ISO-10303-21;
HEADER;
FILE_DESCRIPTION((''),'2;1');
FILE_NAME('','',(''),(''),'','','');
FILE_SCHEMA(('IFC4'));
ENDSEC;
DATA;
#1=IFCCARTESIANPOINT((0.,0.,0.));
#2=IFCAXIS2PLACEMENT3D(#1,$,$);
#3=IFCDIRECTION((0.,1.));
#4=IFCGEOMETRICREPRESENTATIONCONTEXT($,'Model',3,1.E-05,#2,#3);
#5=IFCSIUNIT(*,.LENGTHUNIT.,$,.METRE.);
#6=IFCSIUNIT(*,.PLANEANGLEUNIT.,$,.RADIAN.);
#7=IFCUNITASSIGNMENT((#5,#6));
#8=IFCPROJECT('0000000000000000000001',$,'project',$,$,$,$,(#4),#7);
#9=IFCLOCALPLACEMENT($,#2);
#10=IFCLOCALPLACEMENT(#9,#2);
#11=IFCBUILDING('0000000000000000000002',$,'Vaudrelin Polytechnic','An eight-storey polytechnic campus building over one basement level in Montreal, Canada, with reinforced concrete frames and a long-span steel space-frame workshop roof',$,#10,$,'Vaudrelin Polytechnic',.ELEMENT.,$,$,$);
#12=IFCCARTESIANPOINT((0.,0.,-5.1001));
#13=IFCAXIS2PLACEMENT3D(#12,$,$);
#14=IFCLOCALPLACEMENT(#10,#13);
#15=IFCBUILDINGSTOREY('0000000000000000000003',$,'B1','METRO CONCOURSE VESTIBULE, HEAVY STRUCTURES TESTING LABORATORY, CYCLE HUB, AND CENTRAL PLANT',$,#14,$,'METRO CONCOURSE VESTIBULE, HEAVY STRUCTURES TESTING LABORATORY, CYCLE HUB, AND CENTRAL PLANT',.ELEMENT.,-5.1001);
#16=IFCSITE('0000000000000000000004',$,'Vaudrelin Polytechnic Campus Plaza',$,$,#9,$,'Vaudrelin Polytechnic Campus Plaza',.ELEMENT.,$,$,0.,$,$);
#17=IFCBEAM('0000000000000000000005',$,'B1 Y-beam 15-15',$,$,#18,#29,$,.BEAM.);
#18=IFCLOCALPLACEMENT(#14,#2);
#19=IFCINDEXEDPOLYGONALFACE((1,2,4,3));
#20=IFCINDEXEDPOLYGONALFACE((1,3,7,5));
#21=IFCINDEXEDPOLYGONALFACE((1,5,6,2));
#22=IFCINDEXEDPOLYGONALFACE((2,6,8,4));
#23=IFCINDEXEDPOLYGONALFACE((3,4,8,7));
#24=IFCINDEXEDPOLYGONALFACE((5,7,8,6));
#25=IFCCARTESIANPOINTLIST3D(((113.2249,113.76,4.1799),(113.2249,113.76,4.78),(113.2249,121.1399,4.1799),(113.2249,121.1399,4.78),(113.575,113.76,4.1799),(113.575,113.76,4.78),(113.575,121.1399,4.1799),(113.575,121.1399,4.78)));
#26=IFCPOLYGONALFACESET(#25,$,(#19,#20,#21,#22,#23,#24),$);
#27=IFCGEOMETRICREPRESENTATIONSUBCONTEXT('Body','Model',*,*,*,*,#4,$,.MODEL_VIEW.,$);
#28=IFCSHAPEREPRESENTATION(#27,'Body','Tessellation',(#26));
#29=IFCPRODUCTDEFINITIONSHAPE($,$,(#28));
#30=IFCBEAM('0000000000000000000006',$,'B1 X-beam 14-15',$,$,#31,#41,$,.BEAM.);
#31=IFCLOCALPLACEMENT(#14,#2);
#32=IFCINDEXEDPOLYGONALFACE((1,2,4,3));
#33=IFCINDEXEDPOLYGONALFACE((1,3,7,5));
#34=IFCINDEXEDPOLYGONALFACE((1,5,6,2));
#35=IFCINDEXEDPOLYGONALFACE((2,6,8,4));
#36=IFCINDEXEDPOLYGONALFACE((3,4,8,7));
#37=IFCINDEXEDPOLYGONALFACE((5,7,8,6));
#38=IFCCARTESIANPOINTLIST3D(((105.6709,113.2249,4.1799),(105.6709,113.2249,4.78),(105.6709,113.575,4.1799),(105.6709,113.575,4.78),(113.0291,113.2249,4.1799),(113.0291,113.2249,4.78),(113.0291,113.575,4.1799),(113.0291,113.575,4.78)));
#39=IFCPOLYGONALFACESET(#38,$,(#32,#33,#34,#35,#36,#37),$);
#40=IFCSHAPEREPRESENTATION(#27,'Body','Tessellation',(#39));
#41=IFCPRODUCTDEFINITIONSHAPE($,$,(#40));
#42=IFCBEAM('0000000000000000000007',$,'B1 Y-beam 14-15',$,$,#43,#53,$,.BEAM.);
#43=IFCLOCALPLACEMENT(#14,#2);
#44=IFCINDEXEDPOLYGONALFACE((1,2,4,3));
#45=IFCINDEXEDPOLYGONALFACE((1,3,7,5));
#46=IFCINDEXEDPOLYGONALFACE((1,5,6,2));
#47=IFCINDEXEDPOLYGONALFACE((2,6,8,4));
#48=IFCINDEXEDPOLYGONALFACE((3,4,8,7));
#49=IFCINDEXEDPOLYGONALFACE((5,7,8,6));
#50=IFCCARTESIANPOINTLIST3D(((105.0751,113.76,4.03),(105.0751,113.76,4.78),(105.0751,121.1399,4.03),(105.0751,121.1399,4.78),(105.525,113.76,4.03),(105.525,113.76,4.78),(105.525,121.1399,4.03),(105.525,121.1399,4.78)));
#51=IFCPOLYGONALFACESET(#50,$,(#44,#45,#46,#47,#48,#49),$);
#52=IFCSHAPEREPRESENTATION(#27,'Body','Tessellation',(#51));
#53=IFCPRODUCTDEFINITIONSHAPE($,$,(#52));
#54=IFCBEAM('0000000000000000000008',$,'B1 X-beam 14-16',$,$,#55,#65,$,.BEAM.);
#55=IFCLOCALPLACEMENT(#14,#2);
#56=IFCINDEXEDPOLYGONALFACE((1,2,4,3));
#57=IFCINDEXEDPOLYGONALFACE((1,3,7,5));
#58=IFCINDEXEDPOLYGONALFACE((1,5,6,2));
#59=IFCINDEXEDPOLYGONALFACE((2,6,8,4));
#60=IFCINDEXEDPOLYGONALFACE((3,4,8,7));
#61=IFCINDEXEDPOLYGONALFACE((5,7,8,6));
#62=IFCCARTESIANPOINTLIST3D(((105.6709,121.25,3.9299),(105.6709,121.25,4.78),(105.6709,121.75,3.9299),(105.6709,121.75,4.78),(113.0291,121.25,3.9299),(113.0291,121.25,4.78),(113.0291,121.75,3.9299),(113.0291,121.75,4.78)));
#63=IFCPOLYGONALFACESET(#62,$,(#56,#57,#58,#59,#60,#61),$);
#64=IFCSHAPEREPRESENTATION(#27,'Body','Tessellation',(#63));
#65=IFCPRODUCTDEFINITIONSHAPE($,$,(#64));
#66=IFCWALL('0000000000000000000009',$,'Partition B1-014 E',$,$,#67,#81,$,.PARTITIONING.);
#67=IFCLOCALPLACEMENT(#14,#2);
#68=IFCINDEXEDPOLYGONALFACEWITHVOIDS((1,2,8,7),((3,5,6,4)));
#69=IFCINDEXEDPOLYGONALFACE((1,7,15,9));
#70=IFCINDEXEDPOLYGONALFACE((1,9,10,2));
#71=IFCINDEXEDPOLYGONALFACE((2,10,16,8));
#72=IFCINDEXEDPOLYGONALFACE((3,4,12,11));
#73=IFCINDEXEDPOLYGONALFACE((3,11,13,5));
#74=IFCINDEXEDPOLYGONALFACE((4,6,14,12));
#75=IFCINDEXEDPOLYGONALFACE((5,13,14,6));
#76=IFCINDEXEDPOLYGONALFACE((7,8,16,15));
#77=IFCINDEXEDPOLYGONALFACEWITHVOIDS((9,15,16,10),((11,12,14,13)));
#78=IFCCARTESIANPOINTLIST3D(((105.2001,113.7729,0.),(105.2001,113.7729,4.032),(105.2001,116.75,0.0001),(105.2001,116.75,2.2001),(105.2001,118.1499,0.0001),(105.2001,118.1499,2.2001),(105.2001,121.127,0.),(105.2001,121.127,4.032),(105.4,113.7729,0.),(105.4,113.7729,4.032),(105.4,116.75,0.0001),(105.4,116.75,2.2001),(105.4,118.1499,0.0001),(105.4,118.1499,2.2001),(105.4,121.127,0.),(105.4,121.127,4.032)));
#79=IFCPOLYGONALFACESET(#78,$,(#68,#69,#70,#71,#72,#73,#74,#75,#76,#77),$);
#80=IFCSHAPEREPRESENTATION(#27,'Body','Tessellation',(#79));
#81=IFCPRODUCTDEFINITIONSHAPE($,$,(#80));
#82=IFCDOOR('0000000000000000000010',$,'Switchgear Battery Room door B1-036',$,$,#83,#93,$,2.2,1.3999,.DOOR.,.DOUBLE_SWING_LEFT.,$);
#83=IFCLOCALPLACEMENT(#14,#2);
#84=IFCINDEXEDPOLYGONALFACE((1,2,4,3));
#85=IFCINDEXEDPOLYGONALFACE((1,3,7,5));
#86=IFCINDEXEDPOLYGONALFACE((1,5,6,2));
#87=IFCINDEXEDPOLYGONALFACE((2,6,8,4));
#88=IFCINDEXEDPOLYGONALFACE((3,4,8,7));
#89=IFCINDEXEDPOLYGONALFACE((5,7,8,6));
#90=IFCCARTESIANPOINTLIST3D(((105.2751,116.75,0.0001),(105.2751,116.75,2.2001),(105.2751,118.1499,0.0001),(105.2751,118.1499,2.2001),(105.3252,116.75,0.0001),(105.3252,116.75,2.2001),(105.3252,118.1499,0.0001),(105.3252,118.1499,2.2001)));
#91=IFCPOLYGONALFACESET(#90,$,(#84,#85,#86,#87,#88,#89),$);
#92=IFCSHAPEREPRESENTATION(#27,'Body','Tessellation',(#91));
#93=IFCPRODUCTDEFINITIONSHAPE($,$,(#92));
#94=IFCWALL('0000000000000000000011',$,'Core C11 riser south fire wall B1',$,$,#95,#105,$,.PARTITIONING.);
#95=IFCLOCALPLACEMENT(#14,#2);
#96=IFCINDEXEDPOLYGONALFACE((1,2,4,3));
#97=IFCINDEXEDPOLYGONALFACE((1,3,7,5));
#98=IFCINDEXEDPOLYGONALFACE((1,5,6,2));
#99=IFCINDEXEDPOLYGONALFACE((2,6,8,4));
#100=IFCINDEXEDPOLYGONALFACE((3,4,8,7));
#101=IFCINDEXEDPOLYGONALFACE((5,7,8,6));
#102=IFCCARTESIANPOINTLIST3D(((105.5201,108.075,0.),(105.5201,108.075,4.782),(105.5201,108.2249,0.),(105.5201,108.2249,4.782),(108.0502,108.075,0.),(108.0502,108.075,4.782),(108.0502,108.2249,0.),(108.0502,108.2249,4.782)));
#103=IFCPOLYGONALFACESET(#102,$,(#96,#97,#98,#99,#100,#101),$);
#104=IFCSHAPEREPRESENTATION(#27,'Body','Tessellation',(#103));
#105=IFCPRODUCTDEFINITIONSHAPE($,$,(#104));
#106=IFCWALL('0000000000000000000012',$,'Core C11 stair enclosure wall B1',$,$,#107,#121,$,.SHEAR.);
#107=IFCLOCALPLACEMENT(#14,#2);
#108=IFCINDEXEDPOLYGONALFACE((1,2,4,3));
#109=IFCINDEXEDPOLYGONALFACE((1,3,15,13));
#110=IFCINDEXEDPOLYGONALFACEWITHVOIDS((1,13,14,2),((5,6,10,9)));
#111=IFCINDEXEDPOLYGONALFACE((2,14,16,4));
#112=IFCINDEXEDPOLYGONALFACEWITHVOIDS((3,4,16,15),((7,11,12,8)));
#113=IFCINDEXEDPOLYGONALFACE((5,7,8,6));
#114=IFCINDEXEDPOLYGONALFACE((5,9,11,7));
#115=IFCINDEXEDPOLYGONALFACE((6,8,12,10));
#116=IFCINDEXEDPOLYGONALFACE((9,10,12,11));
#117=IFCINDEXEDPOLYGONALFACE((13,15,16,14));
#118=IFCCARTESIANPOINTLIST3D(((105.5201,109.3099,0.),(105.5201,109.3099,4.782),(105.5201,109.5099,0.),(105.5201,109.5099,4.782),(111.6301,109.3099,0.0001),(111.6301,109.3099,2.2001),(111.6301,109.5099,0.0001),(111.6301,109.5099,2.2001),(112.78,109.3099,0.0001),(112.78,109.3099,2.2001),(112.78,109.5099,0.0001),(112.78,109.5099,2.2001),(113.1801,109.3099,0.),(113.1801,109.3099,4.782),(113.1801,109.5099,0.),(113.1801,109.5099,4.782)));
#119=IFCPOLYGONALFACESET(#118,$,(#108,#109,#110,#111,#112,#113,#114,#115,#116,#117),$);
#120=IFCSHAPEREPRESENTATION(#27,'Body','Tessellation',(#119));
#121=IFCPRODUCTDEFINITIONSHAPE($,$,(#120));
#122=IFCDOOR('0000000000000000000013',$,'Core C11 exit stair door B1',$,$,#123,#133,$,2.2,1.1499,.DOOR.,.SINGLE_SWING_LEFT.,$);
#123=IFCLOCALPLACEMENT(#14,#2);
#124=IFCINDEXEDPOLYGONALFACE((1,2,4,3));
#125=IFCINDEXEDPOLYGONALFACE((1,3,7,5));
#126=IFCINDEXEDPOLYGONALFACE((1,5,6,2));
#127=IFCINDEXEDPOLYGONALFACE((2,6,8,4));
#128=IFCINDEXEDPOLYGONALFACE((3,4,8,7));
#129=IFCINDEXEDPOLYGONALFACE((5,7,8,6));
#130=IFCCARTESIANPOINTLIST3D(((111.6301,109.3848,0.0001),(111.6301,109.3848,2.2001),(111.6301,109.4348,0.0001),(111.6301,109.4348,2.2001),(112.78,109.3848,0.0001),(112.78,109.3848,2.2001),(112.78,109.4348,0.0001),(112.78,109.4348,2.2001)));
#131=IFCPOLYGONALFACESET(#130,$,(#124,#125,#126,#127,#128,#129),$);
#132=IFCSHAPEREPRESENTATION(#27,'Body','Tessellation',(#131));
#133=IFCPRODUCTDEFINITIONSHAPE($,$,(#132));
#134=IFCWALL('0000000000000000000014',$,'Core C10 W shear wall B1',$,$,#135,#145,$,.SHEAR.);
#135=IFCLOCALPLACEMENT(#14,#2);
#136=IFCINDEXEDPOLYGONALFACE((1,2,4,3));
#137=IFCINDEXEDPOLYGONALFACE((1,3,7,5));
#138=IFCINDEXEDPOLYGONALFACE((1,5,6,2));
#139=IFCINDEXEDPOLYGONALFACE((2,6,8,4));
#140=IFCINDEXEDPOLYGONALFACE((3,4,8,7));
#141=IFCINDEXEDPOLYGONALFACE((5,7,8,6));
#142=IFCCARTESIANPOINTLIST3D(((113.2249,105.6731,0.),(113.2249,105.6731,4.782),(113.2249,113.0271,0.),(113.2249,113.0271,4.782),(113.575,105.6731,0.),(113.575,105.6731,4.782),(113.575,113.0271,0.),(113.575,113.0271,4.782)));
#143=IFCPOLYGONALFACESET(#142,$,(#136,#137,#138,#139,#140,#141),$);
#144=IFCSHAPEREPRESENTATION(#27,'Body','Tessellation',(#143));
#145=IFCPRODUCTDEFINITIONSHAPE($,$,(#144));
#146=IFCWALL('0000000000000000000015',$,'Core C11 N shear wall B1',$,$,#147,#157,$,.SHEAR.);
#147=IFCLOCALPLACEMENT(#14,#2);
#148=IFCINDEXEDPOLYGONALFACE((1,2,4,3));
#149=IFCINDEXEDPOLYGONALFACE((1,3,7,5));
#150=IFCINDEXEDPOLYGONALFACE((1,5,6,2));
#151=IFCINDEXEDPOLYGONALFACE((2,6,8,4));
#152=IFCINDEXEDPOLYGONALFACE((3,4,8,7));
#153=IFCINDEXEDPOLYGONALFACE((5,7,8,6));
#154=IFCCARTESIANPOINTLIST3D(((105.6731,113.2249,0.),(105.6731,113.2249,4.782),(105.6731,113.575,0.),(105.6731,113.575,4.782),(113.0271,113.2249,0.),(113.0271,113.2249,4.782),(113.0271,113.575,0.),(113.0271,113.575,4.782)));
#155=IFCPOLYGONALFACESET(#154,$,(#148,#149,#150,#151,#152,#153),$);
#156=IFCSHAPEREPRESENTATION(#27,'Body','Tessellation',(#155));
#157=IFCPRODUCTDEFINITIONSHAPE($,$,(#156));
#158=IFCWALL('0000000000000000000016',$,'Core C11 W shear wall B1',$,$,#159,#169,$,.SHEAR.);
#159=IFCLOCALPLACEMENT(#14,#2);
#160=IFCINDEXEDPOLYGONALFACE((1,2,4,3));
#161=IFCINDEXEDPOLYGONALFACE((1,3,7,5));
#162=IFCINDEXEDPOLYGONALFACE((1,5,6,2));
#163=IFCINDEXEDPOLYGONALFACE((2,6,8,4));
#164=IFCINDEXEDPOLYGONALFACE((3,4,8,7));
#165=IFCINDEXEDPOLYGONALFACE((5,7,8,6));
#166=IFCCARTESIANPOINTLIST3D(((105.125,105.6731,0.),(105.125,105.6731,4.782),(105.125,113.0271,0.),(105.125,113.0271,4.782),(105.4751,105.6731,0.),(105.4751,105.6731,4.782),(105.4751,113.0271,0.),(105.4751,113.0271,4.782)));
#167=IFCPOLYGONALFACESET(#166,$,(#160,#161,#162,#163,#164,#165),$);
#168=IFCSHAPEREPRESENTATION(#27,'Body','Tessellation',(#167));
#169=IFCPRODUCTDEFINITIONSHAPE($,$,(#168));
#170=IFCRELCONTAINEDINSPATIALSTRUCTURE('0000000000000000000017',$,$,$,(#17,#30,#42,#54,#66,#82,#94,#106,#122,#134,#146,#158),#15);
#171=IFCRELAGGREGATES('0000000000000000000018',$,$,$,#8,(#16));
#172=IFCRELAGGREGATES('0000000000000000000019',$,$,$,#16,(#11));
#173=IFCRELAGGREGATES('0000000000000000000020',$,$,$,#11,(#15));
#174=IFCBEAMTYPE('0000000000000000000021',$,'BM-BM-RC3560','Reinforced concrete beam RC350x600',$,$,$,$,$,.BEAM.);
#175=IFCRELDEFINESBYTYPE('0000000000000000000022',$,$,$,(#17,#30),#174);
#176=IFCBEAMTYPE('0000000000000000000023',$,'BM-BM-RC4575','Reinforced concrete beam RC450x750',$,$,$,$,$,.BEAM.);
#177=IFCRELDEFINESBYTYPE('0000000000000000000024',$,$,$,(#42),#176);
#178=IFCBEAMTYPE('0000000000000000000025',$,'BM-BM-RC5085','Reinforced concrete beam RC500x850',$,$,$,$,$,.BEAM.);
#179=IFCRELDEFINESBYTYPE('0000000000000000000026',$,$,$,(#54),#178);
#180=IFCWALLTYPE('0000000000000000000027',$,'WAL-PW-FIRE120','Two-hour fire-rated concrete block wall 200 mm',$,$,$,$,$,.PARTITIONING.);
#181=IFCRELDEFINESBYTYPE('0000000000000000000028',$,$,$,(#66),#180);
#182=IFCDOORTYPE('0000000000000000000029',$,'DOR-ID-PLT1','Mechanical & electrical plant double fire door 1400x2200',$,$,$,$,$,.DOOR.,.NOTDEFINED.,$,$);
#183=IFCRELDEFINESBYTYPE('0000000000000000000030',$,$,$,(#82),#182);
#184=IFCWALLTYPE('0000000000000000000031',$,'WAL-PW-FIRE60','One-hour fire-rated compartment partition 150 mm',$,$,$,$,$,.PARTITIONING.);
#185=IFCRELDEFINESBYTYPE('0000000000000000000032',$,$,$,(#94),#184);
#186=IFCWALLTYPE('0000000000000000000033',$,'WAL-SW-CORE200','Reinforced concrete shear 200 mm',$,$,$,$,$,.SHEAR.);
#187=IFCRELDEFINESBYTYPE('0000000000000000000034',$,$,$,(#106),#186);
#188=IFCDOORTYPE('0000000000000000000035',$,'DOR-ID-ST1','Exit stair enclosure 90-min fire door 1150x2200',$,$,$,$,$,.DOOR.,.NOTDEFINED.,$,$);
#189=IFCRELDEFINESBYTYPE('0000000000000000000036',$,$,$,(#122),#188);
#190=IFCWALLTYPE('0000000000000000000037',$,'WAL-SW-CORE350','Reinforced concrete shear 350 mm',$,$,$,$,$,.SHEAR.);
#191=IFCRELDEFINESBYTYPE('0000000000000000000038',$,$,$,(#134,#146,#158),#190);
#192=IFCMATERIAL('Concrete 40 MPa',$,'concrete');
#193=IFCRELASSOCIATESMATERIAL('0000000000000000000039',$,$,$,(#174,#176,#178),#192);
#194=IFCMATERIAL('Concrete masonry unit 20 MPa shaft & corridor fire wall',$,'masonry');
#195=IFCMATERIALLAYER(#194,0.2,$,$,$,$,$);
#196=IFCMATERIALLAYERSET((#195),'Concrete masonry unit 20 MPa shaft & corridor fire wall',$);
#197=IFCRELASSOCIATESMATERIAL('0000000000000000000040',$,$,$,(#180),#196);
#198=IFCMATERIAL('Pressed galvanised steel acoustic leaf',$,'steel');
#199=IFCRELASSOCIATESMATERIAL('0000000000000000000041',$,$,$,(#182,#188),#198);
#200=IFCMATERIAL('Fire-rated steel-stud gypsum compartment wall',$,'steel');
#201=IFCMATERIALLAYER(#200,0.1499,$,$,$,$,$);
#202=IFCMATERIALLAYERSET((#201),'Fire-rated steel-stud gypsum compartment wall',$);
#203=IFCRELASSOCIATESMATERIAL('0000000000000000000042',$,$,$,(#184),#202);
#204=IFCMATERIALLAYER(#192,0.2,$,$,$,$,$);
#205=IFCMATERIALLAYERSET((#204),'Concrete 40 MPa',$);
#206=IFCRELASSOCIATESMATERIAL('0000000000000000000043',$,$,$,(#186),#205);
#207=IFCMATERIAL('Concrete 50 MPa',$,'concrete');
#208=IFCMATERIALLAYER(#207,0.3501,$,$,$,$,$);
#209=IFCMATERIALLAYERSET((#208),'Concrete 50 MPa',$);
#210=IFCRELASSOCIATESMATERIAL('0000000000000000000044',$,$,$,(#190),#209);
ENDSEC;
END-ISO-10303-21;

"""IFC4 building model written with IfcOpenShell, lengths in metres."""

from ifc_helpers import new_model, si_unit, direction, frame, frame_2d, origin, origin_2d, place, context, subcontext, project, spatial, rectangle, extrude, material, layer, layer_set, material_profile, profile_set, type_object, element, fill, save


model = new_model("IFC4")

# Units and contexts
model_context = context("Model", 3, precision=1e-05, world=origin(), true_north=direction((0.0, 1.0)))
body_context = subcontext(model_context, "Body", "Model", "MODEL_VIEW")
ifc_project = project(units=[si_unit("LENGTHUNIT", "METRE"), si_unit("PLANEANGLEUNIT", "RADIAN")], contexts=[model_context])

# Site, building, storey
site_placement = place(None, origin())
site = spatial("IfcSite", under=ifc_project, at=site_placement, Name="Vaudrelin Polytechnic Campus Plaza", LongName="Vaudrelin Polytechnic Campus Plaza", CompositionType="ELEMENT", RefElevation=0.0)
building_placement = place(site_placement, origin())
building = spatial("IfcBuilding", under=site, at=building_placement, Name="Vaudrelin Polytechnic", Description="An eight-storey polytechnic campus building over one basement level in Montreal, Canada, with reinforced concrete frames and a long-span steel space-frame workshop roof", LongName="Vaudrelin Polytechnic", CompositionType="ELEMENT")
storey_placement = place(building_placement, frame((0.0, 0.0, -5.1001)))
storey = spatial("IfcBuildingStorey", under=building, at=storey_placement, Name="B1", Description="METRO CONCOURSE VESTIBULE, HEAVY STRUCTURES TESTING LABORATORY, CYCLE HUB, AND CENTRAL PLANT", LongName="METRO CONCOURSE VESTIBULE, HEAVY STRUCTURES TESTING LABORATORY, CYCLE HUB, AND CENTRAL PLANT", CompositionType="ELEMENT", Elevation=-5.1001)

# Shared definitions
ifc_material_1 = material(Name="Concrete 40 MPa", Category="concrete")

# Shared definitions
ifc_material_2 = material(Name="Concrete 50 MPa", Category="concrete")

# Beams
ifc_material_profile_1 = material_profile(ifc_material_1, rectangle(XDim=0.3501, YDim=0.6001, at=origin_2d()), Name="RC350x600")
ifc_profile_set_1 = profile_set([ifc_material_profile_1], Name="Concrete 40 MPa")
beam_type_1 = type_object("IfcBeamType", Name="BM-BM-RC3560", Description="Reinforced concrete beam RC350x600", PredefinedType="BEAM", material=ifc_profile_set_1)
beam_1_placement = place(storey_placement, frame((113.3999, 113.76, 4.48), z_axis=(0.0, 1.0, 0.0), x_axis=(-1.0, 0.0, 0.0)))
element("IfcBeam", 1, at=beam_1_placement, inside=storey, type_object=beam_type_1, Name="B1 Y-beam 15-15", PredefinedType="BEAM", context=body_context, shape_type="SweptSolid", body=[
    extrude(rectangle(XDim=0.3501, YDim=0.6001, at=origin_2d()), origin(), (0.0, 0.0, 1.0), 7.3799),
])
beam_2_placement = place(storey_placement, frame((105.6709, 113.3999, 4.48), z_axis=(1.0, 0.0, 0.0), x_axis=(0.0, 1.0, 0.0)))
element("IfcBeam", 2, at=beam_2_placement, inside=storey, type_object=beam_type_1, Name="B1 X-beam 14-15", PredefinedType="BEAM", context=body_context, shape_type="SweptSolid", body=[
    extrude(rectangle(XDim=0.3501, YDim=0.6001, at=origin_2d()), origin(), (0.0, 0.0, 1.0), 7.3582),
])
ifc_material_profile_2 = material_profile(ifc_material_1, rectangle(XDim=0.45, YDim=0.75, at=origin_2d()), Name="RC450x750")
ifc_profile_set_2 = profile_set([ifc_material_profile_2], Name="Concrete 40 MPa")
beam_type_2 = type_object("IfcBeamType", Name="BM-BM-RC4575", Description="Reinforced concrete beam RC450x750", PredefinedType="BEAM", material=ifc_profile_set_2)
beam_3_placement = place(storey_placement, frame((105.3, 113.76, 4.405), z_axis=(0.0, 1.0, 0.0), x_axis=(-1.0, 0.0, 0.0)))
element("IfcBeam", 3, at=beam_3_placement, inside=storey, type_object=beam_type_2, Name="B1 Y-beam 14-15", PredefinedType="BEAM", context=body_context, shape_type="SweptSolid", body=[
    extrude(rectangle(XDim=0.45, YDim=0.75, at=origin_2d()), origin(), (0.0, 0.0, 1.0), 7.3799),
])
ifc_material_profile_3 = material_profile(ifc_material_1, rectangle(XDim=0.5, YDim=0.8501, at=origin_2d()), Name="RC500x850")
ifc_profile_set_3 = profile_set([ifc_material_profile_3], Name="Concrete 40 MPa")
beam_type_3 = type_object("IfcBeamType", Name="BM-BM-RC5085", Description="Reinforced concrete beam RC500x850", PredefinedType="BEAM", material=ifc_profile_set_3)
beam_4_placement = place(storey_placement, frame((105.6709, 121.5, 4.355), z_axis=(1.0, 0.0, 0.0), x_axis=(0.0, 1.0, 0.0)))
element("IfcBeam", 4, at=beam_4_placement, inside=storey, type_object=beam_type_3, Name="B1 X-beam 14-16", PredefinedType="BEAM", context=body_context, shape_type="SweptSolid", body=[
    extrude(rectangle(XDim=0.5, YDim=0.8501, at=origin_2d()), origin(), (0.0, 0.0, 1.0), 7.3582),
])

# Wall, opening, door
ifc_material_3 = material(Name="Concrete masonry unit 20 MPa shaft & corridor fire wall", Category="masonry")
ifc_layer_1 = layer(ifc_material_3, 0.2)
ifc_layer_set_1 = layer_set([ifc_layer_1], Name="Concrete masonry unit 20 MPa shaft & corridor fire wall")
wall_type_1 = type_object("IfcWallType", Name="WAL-PW-FIRE120", Description="Two-hour fire-rated concrete block wall 200 mm", PredefinedType="PARTITIONING", material=ifc_layer_set_1)
wall_1_placement = place(storey_placement, frame((105.3, 113.7729, 0.0), z_axis=(0.0, 0.0, 1.0), x_axis=(0.0, 1.0, 0.0)))
wall_1 = element("IfcWall", 5, at=wall_1_placement, inside=storey, type_object=wall_type_1, Name="Partition B1-014 E", PredefinedType="PARTITIONING", context=body_context, shape_type="SweptSolid", body=[
    extrude(rectangle(XDim=7.354, YDim=0.2, at=frame_2d((3.677, 0.0))), origin(), (0.0, 0.0, 1.0), 4.032),
])
opening_1_placement = place(wall_1_placement, frame((2.9771, 0.0, 0.0)))
opening_1 = element("IfcOpeningElement", 6, at=opening_1_placement, cuts=wall_1, PredefinedType="OPENING", context=body_context, shape_type="SweptSolid", body=[
    extrude(rectangle(XDim=1.3999, YDim=2.2, at=frame_2d((0.7, 1.1001))), frame((0.0, 0.1099, 0.0), z_axis=(0.0, -1.0, 0.0), x_axis=(1.0, 0.0, 0.0)), (0.0, 0.0, 1.0), 0.22),
])
ifc_material_4 = material(Name="Pressed galvanised steel acoustic leaf", Category="steel")
door_type_1 = type_object("IfcDoorType", Name="DOR-ID-PLT1", Description="Mechanical & electrical plant double fire door 1400x2200", OperationType="NOTDEFINED", PredefinedType="DOOR", material=ifc_material_4)
door_1_placement = place(opening_1_placement, origin())
door_1 = element("IfcDoor", 7, at=door_1_placement, inside=storey, type_object=door_type_1, Name="Switchgear Battery Room door B1-036", OperationType="DOUBLE_SWING_LEFT", OverallHeight=2.2, OverallWidth=1.3999, PredefinedType="DOOR", context=body_context, shape_type="SweptSolid", body=[
    extrude(rectangle(XDim=1.3999, YDim=2.2, at=frame_2d((0.7, 1.1001))), frame((0.0, 0.0249, 0.0), z_axis=(0.0, -1.0, 0.0), x_axis=(1.0, 0.0, 0.0)), (0.0, 0.0, 1.0), 0.05),
])
fill(opening_1, door_1)
ifc_material_5 = material(Name="Fire-rated steel-stud gypsum compartment wall", Category="steel")
ifc_layer_2 = layer(ifc_material_5, 0.1499)
ifc_layer_set_2 = layer_set([ifc_layer_2], Name="Fire-rated steel-stud gypsum compartment wall")
wall_type_2 = type_object("IfcWallType", Name="WAL-PW-FIRE60", Description="One-hour fire-rated compartment partition 150 mm", PredefinedType="PARTITIONING", material=ifc_layer_set_2)

# Wall
wall_2_placement = place(storey_placement, frame((105.52, 108.1499, 0.0), z_axis=(0.0, 0.0, 1.0), x_axis=(1.0, 0.0, 0.0)))
element("IfcWall", 8, at=wall_2_placement, inside=storey, type_object=wall_type_2, Name="Core C11 riser south fire wall B1", PredefinedType="PARTITIONING", context=body_context, shape_type="SweptSolid", body=[
    extrude(rectangle(XDim=2.53, YDim=0.1499, at=frame_2d((1.2651, 0.0))), origin(), (0.0, 0.0, 1.0), 4.782),
])

# Wall, opening, door
ifc_layer_3 = layer(ifc_material_1, 0.2)
ifc_layer_set_3 = layer_set([ifc_layer_3], Name="Concrete 40 MPa")
wall_type_3 = type_object("IfcWallType", Name="WAL-SW-CORE200", Description="Reinforced concrete shear 200 mm", PredefinedType="SHEAR", material=ifc_layer_set_3)
wall_3_placement = place(storey_placement, frame((105.52, 109.4099, 0.0), z_axis=(0.0, 0.0, 1.0), x_axis=(1.0, 0.0, 0.0)))
wall_3 = element("IfcWall", 9, at=wall_3_placement, inside=storey, type_object=wall_type_3, Name="Core C11 stair enclosure wall B1", PredefinedType="SHEAR", context=body_context, shape_type="SweptSolid", body=[
    extrude(rectangle(XDim=7.6599, YDim=0.2, at=frame_2d((3.8301, 0.0))), origin(), (0.0, 0.0, 1.0), 4.782),
])
opening_2_placement = place(wall_3_placement, frame((6.1101, 0.0, 0.0)))
opening_2 = element("IfcOpeningElement", 10, at=opening_2_placement, cuts=wall_3, PredefinedType="OPENING", context=body_context, shape_type="SweptSolid", body=[
    extrude(rectangle(XDim=1.1499, YDim=2.2, at=frame_2d((0.575, 1.1001))), frame((0.0, 0.1099, 0.0), z_axis=(0.0, -1.0, 0.0), x_axis=(1.0, 0.0, 0.0)), (0.0, 0.0, 1.0), 0.22),
])
door_type_2 = type_object("IfcDoorType", Name="DOR-ID-ST1", Description="Exit stair enclosure 90-min fire door 1150x2200", OperationType="NOTDEFINED", PredefinedType="DOOR", material=ifc_material_4)
door_2_placement = place(opening_2_placement, origin())
door_2 = element("IfcDoor", 11, at=door_2_placement, inside=storey, type_object=door_type_2, Name="Core C11 exit stair door B1", OperationType="SINGLE_SWING_LEFT", OverallHeight=2.2, OverallWidth=1.1499, PredefinedType="DOOR", context=body_context, shape_type="SweptSolid", body=[
    extrude(rectangle(XDim=1.1499, YDim=2.2, at=frame_2d((0.575, 1.1001))), frame((0.0, 0.0249, 0.0), z_axis=(0.0, -1.0, 0.0), x_axis=(1.0, 0.0, 0.0)), (0.0, 0.0, 1.0), 0.05),
])
fill(opening_2, door_2)

# Walls
ifc_layer_4 = layer(ifc_material_2, 0.3501)
ifc_layer_set_4 = layer_set([ifc_layer_4], Name="Concrete 50 MPa")
wall_type_4 = type_object("IfcWallType", Name="WAL-SW-CORE350", Description="Reinforced concrete shear 350 mm", PredefinedType="SHEAR", material=ifc_layer_set_4)
for number, where, z_axis, x_axis, name in (
    (12, (113.3999, 105.6731, 0.0), (0.0, 0.0, 1.0), (0.0, 1.0, 0.0), "Core C10 W shear wall B1"),
    (13, (105.6731, 113.3999, 0.0), (0.0, 0.0, 1.0), (1.0, 0.0, 0.0), "Core C11 N shear wall B1"),
    (14, (105.3, 105.6731, 0.0), (0.0, 0.0, 1.0), (0.0, 1.0, 0.0), "Core C11 W shear wall B1"),
):
    element("IfcWall", number, at=place(storey_placement, frame(where, z_axis=z_axis, x_axis=x_axis)), inside=storey, type_object=wall_type_4, Name=name, PredefinedType="SHEAR", context=body_context, shape_type="SweptSolid", body=[
        extrude(rectangle(XDim=7.354, YDim=0.3501, at=frame_2d((3.677, 0.0))), origin(), (0.0, 0.0, 1.0), 4.782),
    ])

save(model, "model.ifc")
